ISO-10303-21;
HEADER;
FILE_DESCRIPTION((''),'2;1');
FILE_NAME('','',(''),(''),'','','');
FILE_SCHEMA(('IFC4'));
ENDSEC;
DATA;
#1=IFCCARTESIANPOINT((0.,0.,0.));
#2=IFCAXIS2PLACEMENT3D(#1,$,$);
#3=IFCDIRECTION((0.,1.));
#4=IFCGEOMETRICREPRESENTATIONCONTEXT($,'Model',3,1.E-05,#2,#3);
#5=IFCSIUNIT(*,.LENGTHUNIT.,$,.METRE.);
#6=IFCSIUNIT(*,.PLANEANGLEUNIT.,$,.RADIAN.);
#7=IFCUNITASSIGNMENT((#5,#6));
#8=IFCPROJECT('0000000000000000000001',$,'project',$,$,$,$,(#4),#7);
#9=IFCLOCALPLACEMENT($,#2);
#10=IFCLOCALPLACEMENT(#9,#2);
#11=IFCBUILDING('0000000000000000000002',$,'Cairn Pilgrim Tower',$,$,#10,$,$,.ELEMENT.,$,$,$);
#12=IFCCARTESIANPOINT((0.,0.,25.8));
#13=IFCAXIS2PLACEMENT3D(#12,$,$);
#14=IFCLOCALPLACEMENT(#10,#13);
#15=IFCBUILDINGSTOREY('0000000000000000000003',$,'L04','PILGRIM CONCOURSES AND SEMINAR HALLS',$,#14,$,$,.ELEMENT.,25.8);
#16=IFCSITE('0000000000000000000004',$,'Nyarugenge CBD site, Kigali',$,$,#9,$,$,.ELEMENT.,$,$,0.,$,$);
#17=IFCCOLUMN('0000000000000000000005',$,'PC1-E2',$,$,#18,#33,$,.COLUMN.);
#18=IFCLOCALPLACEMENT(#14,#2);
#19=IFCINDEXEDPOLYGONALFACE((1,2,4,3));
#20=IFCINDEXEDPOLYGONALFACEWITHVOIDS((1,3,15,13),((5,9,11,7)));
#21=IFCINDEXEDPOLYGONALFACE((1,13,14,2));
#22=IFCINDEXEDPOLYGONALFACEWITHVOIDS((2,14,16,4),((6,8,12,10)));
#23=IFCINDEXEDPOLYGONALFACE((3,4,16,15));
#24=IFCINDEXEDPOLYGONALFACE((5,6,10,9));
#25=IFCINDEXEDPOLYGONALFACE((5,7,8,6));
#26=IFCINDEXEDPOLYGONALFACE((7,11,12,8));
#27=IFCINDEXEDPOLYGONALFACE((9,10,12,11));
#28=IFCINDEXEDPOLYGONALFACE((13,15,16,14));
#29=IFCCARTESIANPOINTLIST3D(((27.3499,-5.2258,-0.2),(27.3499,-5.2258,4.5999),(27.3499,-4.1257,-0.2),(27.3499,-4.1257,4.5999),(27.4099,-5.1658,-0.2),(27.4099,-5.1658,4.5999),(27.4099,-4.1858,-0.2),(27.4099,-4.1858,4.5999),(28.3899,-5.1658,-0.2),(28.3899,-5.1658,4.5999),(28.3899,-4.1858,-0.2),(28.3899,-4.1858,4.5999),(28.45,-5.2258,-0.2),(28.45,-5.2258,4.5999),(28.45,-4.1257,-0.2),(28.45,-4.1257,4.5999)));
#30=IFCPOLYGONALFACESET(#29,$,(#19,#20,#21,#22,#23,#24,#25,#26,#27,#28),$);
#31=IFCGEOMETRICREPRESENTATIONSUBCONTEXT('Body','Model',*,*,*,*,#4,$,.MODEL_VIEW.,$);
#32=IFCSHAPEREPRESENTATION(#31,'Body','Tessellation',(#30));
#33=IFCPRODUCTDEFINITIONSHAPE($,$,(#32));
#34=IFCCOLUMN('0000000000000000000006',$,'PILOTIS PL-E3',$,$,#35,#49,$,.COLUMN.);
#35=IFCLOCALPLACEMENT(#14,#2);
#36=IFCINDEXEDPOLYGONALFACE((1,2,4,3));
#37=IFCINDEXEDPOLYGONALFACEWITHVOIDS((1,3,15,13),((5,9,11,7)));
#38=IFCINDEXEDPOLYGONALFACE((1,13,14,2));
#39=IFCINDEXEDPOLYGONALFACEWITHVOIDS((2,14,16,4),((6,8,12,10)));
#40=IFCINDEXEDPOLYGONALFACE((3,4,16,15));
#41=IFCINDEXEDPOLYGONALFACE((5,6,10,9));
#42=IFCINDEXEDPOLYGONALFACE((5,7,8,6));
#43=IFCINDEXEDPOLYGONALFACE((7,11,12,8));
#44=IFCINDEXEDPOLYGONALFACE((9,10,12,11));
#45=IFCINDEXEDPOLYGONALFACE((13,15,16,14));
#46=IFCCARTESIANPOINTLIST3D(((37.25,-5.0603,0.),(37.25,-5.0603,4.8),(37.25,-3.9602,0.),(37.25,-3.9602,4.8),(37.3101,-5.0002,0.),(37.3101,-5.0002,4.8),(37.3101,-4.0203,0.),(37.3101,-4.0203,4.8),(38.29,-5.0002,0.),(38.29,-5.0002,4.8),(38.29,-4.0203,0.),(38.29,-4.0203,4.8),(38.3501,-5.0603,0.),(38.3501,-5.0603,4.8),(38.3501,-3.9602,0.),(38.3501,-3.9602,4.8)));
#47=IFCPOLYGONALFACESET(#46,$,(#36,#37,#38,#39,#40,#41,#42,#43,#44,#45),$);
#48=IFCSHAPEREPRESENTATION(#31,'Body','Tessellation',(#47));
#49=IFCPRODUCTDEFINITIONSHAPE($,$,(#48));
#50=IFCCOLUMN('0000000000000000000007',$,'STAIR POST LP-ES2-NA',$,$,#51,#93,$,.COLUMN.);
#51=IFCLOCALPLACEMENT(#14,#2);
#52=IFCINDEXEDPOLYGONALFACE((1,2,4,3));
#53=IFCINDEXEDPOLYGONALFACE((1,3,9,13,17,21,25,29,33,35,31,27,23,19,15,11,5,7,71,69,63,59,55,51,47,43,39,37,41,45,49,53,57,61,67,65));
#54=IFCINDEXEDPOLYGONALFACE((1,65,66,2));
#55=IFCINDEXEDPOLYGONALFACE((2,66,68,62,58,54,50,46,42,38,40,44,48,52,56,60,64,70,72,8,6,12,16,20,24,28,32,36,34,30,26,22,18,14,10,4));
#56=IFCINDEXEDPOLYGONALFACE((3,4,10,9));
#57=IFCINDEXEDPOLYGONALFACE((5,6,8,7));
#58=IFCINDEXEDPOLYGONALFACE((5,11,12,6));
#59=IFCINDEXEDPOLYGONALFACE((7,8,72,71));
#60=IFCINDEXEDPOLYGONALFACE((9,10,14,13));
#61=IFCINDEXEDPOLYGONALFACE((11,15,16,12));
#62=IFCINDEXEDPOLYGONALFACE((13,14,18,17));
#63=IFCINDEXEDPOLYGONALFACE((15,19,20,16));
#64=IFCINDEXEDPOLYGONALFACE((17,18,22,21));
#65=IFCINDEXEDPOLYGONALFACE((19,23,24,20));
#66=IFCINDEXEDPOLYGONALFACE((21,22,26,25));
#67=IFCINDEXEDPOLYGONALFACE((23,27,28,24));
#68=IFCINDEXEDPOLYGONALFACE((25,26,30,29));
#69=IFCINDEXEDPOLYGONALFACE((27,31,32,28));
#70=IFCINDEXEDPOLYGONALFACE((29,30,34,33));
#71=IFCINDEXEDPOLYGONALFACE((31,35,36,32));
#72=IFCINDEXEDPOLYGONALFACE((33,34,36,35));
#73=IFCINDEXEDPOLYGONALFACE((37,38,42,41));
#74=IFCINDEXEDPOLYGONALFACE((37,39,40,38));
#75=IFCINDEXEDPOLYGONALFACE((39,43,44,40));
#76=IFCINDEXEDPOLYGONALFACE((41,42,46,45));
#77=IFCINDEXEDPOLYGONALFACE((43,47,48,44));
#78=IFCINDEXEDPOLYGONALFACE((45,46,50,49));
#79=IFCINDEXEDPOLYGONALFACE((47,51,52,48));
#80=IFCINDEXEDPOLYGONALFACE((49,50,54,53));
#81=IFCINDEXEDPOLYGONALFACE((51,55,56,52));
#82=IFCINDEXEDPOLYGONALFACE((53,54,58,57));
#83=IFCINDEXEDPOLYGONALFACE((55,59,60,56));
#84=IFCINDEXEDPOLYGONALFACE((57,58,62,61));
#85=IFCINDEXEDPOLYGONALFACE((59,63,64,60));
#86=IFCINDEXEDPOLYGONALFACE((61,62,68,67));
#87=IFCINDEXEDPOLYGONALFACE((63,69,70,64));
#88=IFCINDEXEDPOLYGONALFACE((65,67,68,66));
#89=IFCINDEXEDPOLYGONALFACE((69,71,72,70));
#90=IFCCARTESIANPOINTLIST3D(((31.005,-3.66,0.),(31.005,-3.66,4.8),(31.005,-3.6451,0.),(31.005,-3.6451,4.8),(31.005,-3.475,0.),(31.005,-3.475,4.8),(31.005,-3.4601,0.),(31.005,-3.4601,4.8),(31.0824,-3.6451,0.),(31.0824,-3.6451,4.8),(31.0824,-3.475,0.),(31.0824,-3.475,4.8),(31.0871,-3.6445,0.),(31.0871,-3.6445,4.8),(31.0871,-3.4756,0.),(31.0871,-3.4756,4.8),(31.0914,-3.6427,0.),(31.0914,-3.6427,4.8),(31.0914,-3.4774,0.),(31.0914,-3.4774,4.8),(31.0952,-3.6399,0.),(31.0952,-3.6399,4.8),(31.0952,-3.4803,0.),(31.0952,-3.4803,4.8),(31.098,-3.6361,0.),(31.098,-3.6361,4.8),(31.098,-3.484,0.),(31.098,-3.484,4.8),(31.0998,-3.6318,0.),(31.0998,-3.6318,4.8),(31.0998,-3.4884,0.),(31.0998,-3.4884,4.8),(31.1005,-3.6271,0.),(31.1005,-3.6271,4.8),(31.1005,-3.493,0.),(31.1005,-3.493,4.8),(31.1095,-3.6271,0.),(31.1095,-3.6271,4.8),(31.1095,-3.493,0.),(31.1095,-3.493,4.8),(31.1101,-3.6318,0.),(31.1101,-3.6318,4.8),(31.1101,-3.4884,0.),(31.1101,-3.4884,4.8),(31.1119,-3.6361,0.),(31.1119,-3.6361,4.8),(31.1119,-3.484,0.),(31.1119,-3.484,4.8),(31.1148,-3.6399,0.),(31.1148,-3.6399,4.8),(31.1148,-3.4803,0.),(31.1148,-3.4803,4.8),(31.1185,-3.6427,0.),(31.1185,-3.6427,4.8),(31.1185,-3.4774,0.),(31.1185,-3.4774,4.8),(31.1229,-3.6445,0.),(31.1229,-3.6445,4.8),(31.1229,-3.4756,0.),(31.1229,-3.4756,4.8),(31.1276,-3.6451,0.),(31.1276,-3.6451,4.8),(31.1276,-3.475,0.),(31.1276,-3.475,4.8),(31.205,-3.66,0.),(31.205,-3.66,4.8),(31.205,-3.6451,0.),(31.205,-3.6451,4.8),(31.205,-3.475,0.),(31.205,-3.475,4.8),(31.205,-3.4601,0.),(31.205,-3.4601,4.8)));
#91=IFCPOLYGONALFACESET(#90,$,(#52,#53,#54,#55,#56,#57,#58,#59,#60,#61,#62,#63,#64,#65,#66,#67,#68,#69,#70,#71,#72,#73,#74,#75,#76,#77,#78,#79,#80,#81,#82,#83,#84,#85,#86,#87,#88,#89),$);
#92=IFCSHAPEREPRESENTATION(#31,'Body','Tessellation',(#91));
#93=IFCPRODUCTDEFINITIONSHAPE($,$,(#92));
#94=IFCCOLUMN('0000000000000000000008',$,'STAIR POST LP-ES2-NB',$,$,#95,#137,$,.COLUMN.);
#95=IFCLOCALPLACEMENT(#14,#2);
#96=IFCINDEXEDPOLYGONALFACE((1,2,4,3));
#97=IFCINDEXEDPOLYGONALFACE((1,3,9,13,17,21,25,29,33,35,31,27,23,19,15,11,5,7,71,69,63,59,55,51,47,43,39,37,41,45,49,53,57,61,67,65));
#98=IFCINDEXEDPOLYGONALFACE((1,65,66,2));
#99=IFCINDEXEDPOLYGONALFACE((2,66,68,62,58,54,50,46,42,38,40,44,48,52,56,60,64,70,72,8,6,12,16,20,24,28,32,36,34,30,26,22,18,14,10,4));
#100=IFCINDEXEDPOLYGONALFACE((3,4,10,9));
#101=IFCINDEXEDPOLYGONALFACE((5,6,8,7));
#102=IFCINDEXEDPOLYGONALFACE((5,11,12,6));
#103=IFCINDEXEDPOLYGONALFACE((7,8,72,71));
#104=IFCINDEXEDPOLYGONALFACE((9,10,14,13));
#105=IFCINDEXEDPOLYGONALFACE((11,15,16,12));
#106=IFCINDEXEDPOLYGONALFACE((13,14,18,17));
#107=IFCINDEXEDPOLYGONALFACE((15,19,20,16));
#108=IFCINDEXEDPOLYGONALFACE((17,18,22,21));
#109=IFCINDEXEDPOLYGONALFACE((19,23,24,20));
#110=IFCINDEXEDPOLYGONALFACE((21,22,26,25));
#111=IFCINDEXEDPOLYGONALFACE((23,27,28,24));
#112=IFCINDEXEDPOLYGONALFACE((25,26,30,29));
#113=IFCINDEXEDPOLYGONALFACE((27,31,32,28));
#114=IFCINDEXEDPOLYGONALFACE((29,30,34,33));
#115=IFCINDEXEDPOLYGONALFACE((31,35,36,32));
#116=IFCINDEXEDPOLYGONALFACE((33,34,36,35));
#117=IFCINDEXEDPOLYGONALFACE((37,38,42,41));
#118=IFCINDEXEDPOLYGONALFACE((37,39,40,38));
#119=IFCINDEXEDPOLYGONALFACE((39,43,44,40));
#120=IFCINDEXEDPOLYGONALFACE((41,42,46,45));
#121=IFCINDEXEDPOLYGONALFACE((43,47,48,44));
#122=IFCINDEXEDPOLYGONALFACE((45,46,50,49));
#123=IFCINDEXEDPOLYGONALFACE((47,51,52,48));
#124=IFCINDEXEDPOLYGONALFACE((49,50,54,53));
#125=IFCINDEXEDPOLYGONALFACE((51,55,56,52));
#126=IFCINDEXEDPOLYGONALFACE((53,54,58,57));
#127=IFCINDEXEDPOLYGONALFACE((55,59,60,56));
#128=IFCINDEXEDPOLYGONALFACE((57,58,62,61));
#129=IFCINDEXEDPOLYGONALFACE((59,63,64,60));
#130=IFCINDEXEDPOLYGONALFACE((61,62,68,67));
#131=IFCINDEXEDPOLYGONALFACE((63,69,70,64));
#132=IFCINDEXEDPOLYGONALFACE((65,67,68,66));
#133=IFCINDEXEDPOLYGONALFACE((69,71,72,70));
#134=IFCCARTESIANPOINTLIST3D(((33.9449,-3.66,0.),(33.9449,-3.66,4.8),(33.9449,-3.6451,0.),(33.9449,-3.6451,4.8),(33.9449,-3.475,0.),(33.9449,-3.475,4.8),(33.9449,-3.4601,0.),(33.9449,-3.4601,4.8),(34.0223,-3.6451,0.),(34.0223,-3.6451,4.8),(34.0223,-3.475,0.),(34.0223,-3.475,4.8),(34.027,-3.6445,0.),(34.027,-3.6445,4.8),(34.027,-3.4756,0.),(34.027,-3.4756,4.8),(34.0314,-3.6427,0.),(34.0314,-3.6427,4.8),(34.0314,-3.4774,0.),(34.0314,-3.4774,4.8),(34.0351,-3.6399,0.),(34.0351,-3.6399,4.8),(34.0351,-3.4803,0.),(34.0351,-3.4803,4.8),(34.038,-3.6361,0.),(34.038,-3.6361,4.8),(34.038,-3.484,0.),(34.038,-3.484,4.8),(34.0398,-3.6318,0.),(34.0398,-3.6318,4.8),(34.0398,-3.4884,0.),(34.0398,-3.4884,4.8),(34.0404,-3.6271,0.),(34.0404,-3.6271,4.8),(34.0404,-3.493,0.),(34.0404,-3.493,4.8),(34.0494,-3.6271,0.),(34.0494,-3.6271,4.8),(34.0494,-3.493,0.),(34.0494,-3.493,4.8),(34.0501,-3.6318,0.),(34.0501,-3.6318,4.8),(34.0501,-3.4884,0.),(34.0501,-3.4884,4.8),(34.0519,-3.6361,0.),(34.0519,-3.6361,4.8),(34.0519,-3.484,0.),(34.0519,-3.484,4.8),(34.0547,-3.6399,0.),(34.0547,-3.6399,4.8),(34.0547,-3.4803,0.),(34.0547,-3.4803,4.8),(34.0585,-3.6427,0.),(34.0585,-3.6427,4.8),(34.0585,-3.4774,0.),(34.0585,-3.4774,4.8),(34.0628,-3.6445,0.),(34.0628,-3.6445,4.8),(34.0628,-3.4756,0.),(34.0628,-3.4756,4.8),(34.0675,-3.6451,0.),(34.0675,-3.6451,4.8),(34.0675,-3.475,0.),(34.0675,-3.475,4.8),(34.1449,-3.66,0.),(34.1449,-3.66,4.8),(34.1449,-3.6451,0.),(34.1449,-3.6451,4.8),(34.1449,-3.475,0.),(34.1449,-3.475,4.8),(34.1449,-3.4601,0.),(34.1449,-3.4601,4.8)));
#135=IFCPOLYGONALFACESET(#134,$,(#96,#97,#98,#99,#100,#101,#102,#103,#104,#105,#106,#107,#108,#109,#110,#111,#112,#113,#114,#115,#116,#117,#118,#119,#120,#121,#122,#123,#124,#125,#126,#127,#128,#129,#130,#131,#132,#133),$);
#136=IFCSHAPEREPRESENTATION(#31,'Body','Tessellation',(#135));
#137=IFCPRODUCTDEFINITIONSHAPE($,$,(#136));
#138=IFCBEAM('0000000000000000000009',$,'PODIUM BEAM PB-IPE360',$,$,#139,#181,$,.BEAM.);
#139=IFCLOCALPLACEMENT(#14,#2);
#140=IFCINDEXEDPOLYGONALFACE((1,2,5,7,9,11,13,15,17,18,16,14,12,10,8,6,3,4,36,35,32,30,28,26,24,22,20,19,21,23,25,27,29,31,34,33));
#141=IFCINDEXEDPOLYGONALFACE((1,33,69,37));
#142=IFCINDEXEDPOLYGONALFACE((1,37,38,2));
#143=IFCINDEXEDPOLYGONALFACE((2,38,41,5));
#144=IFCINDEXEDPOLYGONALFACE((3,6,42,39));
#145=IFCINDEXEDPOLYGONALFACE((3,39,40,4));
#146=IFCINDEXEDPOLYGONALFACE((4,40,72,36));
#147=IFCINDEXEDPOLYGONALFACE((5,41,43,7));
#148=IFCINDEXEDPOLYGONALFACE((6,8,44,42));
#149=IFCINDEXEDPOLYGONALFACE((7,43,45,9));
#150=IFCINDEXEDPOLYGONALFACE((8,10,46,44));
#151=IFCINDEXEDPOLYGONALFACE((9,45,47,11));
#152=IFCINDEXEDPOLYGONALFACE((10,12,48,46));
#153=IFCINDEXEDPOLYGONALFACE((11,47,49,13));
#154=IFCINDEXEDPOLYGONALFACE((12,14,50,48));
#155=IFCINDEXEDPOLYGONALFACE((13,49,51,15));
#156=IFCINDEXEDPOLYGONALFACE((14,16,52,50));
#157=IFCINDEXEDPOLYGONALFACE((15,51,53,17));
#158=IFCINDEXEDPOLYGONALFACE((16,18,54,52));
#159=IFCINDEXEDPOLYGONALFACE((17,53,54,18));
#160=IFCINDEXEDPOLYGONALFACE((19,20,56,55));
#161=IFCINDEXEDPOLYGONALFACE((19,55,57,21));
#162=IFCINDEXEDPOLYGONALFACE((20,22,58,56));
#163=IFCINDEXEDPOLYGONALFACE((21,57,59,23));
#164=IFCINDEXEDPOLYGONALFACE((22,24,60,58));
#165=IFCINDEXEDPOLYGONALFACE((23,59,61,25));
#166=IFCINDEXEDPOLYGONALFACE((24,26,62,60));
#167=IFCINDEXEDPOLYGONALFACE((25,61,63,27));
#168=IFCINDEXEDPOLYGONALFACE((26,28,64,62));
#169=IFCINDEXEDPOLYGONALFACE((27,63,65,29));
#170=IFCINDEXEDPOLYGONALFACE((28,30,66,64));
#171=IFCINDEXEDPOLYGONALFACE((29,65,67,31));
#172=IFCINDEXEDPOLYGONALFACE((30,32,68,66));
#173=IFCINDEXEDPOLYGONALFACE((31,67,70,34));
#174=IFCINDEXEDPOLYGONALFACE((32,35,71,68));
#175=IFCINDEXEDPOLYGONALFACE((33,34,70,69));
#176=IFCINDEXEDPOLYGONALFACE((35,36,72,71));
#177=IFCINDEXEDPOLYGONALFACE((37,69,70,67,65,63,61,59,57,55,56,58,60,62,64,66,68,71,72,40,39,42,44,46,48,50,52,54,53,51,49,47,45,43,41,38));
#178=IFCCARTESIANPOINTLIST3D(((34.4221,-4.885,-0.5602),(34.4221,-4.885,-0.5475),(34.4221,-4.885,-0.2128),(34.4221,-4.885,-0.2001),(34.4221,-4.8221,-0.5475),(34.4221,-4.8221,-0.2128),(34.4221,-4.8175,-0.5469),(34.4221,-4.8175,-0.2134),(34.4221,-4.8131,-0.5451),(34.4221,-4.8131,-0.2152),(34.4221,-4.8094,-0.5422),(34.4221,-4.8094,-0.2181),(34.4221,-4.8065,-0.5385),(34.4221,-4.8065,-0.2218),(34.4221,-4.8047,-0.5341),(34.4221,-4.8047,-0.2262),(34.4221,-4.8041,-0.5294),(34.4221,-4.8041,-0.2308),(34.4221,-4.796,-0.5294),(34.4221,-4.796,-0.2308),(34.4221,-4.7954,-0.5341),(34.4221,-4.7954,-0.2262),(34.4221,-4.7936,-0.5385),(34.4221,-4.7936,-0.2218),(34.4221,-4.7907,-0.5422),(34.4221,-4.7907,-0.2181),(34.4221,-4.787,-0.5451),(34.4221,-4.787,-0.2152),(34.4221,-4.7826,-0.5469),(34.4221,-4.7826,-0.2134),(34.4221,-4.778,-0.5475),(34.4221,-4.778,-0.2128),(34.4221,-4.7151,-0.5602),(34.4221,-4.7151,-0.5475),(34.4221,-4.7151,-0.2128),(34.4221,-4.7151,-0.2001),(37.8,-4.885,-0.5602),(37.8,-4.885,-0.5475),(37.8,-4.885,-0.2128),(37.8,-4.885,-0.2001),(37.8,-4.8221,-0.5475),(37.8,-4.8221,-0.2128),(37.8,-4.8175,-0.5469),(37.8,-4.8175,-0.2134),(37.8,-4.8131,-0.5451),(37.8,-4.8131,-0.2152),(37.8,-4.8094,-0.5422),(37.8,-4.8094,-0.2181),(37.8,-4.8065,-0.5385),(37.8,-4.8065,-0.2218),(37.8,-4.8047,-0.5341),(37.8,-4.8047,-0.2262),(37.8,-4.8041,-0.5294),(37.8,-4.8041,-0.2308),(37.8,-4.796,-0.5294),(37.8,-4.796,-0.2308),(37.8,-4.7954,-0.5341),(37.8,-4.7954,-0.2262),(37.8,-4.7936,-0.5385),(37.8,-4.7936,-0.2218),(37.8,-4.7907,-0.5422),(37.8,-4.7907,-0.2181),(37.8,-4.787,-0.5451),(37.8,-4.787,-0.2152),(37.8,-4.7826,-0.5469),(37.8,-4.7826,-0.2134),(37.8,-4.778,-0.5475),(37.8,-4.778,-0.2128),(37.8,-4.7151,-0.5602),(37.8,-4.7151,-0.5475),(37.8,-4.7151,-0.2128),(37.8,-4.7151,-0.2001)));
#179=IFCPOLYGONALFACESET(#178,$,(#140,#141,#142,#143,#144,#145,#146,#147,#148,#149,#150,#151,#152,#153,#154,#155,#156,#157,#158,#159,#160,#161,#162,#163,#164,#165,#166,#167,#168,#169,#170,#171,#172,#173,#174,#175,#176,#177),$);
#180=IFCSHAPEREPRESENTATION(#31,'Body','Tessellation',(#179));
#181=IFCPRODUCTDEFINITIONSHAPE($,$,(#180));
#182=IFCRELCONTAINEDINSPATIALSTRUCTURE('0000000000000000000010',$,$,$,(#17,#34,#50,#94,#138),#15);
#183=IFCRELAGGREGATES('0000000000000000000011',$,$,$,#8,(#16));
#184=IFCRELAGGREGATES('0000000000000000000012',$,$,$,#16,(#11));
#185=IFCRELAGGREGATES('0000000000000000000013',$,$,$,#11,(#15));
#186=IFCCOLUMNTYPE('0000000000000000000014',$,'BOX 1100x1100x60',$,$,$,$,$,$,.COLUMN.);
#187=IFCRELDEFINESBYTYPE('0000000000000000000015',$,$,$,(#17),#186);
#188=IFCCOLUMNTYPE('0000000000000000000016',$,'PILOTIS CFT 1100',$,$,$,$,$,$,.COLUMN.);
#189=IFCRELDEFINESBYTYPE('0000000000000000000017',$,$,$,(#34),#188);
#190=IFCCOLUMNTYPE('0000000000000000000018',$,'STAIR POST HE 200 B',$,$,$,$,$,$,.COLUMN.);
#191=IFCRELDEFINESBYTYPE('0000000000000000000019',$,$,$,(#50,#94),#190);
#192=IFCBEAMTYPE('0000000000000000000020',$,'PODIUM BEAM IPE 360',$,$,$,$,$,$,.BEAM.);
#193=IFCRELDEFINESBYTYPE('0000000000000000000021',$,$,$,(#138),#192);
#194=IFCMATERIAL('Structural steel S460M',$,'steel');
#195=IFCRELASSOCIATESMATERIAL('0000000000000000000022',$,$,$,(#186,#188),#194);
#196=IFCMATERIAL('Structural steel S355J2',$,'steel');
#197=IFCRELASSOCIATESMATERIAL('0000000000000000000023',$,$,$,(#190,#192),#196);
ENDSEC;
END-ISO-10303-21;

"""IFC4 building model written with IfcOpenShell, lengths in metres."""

from ifc_helpers import new_model, si_unit, direction, frame, origin, origin_2d, place, context, subcontext, project, spatial, hollow_rectangle, i_section, extrude, material, material_profile, profile_set, type_object, element, save


model = new_model("IFC4")

# Units and contexts
model_context = context("Model", 3, precision=1e-05, world=origin(), true_north=direction((0.0, 1.0)))
body_context = subcontext(model_context, "Body", "Model", "MODEL_VIEW")
ifc_project = project(units=[si_unit("LENGTHUNIT", "METRE"), si_unit("PLANEANGLEUNIT", "RADIAN")], contexts=[model_context])

# Site, building, storey
site_placement = place(None, origin())
site = spatial("IfcSite", under=ifc_project, at=site_placement, Name="Nyarugenge CBD site, Kigali", CompositionType="ELEMENT", RefElevation=0.0)
building_placement = place(site_placement, origin())
building = spatial("IfcBuilding", under=site, at=building_placement, Name="Cairn Pilgrim Tower", CompositionType="ELEMENT")
storey_placement = place(building_placement, frame((0.0, 0.0, 25.8)))
storey = spatial("IfcBuildingStorey", under=building, at=storey_placement, Name="L04", Description="PILGRIM CONCOURSES AND SEMINAR HALLS", CompositionType="ELEMENT", Elevation=25.8)

# Columns
ifc_material_1 = material(Name="Structural steel S460M", Category="steel")
ifc_material_profile_1 = material_profile(ifc_material_1, hollow_rectangle(XDim=1.1001, YDim=1.1001, WallThickness=0.0601, at=origin_2d()), Name="BOX 1100x1100x60")
ifc_profile_set_1 = profile_set([ifc_material_profile_1], Name="Structural steel S460M")
column_type_1 = type_object("IfcColumnType", Name="BOX 1100x1100x60", PredefinedType="COLUMN", material=ifc_profile_set_1)
column_1_placement = place(storey_placement, frame((27.8999, -4.6758, -0.2), z_axis=(0.0, 0.0, 1.0), x_axis=(1.0, 0.0, 0.0)))
element("IfcColumn", 1, at=column_1_placement, inside=storey, type_object=column_type_1, Name="PC1-E2", PredefinedType="COLUMN", context=body_context, shape_type="SweptSolid", body=[
    extrude(hollow_rectangle(XDim=1.1001, YDim=1.1001, WallThickness=0.0601, at=origin_2d()), origin(), (0.0, 0.0, 1.0), 4.7998),
])
ifc_material_profile_2 = material_profile(ifc_material_1, hollow_rectangle(XDim=1.1001, YDim=1.1001, WallThickness=0.0601, at=origin_2d()), Name="BOX 1100x1100x60")
ifc_profile_set_2 = profile_set([ifc_material_profile_2], Name="Structural steel S460M")
column_type_2 = type_object("IfcColumnType", Name="PILOTIS CFT 1100", PredefinedType="COLUMN", material=ifc_profile_set_2)
column_2_placement = place(storey_placement, frame((37.8, -4.5103, 0.0), z_axis=(0.0, 0.0, 1.0), x_axis=(1.0, 0.0, 0.0)))
element("IfcColumn", 2, at=column_2_placement, inside=storey, type_object=column_type_2, Name="PILOTIS PL-E3", PredefinedType="COLUMN", context=body_context, shape_type="SweptSolid", body=[
    extrude(hollow_rectangle(XDim=1.1001, YDim=1.1001, WallThickness=0.0601, at=origin_2d()), origin(), (0.0, 0.0, 1.0), 4.8),
])
ifc_material_2 = material(Name="Structural steel S355J2", Category="steel")
ifc_material_profile_3 = material_profile(ifc_material_2, i_section(OverallWidth=0.2, OverallDepth=0.2, WebThickness=0.009, FlangeThickness=0.0149, FilletRadius=0.0181, at=origin_2d()), Name="HE 200 B")
ifc_profile_set_3 = profile_set([ifc_material_profile_3], Name="Structural steel S355J2")
column_type_3 = type_object("IfcColumnType", Name="STAIR POST HE 200 B", PredefinedType="COLUMN", material=ifc_profile_set_3)
for number, where, z_axis, x_axis, name in (
    (3, (31.105, -3.5601, 0.0), (0.0, 0.0, 1.0), (1.0, 0.0, 0.0), "STAIR POST LP-ES2-NA"),
    (4, (34.0449, -3.5601, 0.0), (0.0, 0.0, 1.0), (1.0, 0.0, 0.0), "STAIR POST LP-ES2-NB"),
):
    element("IfcColumn", number, at=place(storey_placement, frame(where, z_axis=z_axis, x_axis=x_axis)), inside=storey, type_object=column_type_3, Name=name, PredefinedType="COLUMN", context=body_context, shape_type="SweptSolid", body=[
        extrude(i_section(OverallWidth=0.2, OverallDepth=0.2, WebThickness=0.009, FlangeThickness=0.0149, FilletRadius=0.0181, at=origin_2d()), origin(), (0.0, 0.0, 1.0), 4.8),
    ])

# Beam
ifc_material_profile_4 = material_profile(ifc_material_2, i_section(OverallWidth=0.1699, OverallDepth=0.3601, WebThickness=0.0081, FlangeThickness=0.0127, FilletRadius=0.0181, at=origin_2d()), Name="IPE 360")
ifc_profile_set_4 = profile_set([ifc_material_profile_4], Name="Structural steel S355J2")
beam_type_1 = type_object("IfcBeamType", Name="PODIUM BEAM IPE 360", PredefinedType="BEAM", material=ifc_profile_set_4)
beam_1_placement = place(storey_placement, frame((34.4221, -4.8, -0.3801), z_axis=(1.0, 0.0, 0.0), x_axis=(0.0, 1.0, 0.0)))
element("IfcBeam", 5, at=beam_1_placement, inside=storey, type_object=beam_type_1, Name="PODIUM BEAM PB-IPE360", PredefinedType="BEAM", context=body_context, shape_type="SweptSolid", body=[
    extrude(i_section(OverallWidth=0.1699, OverallDepth=0.3601, WebThickness=0.0081, FlangeThickness=0.0127, FilletRadius=0.0181, at=origin_2d()), origin(), (0.0, 0.0, 1.0), 3.3779),
])

save(model, "model.ifc")
